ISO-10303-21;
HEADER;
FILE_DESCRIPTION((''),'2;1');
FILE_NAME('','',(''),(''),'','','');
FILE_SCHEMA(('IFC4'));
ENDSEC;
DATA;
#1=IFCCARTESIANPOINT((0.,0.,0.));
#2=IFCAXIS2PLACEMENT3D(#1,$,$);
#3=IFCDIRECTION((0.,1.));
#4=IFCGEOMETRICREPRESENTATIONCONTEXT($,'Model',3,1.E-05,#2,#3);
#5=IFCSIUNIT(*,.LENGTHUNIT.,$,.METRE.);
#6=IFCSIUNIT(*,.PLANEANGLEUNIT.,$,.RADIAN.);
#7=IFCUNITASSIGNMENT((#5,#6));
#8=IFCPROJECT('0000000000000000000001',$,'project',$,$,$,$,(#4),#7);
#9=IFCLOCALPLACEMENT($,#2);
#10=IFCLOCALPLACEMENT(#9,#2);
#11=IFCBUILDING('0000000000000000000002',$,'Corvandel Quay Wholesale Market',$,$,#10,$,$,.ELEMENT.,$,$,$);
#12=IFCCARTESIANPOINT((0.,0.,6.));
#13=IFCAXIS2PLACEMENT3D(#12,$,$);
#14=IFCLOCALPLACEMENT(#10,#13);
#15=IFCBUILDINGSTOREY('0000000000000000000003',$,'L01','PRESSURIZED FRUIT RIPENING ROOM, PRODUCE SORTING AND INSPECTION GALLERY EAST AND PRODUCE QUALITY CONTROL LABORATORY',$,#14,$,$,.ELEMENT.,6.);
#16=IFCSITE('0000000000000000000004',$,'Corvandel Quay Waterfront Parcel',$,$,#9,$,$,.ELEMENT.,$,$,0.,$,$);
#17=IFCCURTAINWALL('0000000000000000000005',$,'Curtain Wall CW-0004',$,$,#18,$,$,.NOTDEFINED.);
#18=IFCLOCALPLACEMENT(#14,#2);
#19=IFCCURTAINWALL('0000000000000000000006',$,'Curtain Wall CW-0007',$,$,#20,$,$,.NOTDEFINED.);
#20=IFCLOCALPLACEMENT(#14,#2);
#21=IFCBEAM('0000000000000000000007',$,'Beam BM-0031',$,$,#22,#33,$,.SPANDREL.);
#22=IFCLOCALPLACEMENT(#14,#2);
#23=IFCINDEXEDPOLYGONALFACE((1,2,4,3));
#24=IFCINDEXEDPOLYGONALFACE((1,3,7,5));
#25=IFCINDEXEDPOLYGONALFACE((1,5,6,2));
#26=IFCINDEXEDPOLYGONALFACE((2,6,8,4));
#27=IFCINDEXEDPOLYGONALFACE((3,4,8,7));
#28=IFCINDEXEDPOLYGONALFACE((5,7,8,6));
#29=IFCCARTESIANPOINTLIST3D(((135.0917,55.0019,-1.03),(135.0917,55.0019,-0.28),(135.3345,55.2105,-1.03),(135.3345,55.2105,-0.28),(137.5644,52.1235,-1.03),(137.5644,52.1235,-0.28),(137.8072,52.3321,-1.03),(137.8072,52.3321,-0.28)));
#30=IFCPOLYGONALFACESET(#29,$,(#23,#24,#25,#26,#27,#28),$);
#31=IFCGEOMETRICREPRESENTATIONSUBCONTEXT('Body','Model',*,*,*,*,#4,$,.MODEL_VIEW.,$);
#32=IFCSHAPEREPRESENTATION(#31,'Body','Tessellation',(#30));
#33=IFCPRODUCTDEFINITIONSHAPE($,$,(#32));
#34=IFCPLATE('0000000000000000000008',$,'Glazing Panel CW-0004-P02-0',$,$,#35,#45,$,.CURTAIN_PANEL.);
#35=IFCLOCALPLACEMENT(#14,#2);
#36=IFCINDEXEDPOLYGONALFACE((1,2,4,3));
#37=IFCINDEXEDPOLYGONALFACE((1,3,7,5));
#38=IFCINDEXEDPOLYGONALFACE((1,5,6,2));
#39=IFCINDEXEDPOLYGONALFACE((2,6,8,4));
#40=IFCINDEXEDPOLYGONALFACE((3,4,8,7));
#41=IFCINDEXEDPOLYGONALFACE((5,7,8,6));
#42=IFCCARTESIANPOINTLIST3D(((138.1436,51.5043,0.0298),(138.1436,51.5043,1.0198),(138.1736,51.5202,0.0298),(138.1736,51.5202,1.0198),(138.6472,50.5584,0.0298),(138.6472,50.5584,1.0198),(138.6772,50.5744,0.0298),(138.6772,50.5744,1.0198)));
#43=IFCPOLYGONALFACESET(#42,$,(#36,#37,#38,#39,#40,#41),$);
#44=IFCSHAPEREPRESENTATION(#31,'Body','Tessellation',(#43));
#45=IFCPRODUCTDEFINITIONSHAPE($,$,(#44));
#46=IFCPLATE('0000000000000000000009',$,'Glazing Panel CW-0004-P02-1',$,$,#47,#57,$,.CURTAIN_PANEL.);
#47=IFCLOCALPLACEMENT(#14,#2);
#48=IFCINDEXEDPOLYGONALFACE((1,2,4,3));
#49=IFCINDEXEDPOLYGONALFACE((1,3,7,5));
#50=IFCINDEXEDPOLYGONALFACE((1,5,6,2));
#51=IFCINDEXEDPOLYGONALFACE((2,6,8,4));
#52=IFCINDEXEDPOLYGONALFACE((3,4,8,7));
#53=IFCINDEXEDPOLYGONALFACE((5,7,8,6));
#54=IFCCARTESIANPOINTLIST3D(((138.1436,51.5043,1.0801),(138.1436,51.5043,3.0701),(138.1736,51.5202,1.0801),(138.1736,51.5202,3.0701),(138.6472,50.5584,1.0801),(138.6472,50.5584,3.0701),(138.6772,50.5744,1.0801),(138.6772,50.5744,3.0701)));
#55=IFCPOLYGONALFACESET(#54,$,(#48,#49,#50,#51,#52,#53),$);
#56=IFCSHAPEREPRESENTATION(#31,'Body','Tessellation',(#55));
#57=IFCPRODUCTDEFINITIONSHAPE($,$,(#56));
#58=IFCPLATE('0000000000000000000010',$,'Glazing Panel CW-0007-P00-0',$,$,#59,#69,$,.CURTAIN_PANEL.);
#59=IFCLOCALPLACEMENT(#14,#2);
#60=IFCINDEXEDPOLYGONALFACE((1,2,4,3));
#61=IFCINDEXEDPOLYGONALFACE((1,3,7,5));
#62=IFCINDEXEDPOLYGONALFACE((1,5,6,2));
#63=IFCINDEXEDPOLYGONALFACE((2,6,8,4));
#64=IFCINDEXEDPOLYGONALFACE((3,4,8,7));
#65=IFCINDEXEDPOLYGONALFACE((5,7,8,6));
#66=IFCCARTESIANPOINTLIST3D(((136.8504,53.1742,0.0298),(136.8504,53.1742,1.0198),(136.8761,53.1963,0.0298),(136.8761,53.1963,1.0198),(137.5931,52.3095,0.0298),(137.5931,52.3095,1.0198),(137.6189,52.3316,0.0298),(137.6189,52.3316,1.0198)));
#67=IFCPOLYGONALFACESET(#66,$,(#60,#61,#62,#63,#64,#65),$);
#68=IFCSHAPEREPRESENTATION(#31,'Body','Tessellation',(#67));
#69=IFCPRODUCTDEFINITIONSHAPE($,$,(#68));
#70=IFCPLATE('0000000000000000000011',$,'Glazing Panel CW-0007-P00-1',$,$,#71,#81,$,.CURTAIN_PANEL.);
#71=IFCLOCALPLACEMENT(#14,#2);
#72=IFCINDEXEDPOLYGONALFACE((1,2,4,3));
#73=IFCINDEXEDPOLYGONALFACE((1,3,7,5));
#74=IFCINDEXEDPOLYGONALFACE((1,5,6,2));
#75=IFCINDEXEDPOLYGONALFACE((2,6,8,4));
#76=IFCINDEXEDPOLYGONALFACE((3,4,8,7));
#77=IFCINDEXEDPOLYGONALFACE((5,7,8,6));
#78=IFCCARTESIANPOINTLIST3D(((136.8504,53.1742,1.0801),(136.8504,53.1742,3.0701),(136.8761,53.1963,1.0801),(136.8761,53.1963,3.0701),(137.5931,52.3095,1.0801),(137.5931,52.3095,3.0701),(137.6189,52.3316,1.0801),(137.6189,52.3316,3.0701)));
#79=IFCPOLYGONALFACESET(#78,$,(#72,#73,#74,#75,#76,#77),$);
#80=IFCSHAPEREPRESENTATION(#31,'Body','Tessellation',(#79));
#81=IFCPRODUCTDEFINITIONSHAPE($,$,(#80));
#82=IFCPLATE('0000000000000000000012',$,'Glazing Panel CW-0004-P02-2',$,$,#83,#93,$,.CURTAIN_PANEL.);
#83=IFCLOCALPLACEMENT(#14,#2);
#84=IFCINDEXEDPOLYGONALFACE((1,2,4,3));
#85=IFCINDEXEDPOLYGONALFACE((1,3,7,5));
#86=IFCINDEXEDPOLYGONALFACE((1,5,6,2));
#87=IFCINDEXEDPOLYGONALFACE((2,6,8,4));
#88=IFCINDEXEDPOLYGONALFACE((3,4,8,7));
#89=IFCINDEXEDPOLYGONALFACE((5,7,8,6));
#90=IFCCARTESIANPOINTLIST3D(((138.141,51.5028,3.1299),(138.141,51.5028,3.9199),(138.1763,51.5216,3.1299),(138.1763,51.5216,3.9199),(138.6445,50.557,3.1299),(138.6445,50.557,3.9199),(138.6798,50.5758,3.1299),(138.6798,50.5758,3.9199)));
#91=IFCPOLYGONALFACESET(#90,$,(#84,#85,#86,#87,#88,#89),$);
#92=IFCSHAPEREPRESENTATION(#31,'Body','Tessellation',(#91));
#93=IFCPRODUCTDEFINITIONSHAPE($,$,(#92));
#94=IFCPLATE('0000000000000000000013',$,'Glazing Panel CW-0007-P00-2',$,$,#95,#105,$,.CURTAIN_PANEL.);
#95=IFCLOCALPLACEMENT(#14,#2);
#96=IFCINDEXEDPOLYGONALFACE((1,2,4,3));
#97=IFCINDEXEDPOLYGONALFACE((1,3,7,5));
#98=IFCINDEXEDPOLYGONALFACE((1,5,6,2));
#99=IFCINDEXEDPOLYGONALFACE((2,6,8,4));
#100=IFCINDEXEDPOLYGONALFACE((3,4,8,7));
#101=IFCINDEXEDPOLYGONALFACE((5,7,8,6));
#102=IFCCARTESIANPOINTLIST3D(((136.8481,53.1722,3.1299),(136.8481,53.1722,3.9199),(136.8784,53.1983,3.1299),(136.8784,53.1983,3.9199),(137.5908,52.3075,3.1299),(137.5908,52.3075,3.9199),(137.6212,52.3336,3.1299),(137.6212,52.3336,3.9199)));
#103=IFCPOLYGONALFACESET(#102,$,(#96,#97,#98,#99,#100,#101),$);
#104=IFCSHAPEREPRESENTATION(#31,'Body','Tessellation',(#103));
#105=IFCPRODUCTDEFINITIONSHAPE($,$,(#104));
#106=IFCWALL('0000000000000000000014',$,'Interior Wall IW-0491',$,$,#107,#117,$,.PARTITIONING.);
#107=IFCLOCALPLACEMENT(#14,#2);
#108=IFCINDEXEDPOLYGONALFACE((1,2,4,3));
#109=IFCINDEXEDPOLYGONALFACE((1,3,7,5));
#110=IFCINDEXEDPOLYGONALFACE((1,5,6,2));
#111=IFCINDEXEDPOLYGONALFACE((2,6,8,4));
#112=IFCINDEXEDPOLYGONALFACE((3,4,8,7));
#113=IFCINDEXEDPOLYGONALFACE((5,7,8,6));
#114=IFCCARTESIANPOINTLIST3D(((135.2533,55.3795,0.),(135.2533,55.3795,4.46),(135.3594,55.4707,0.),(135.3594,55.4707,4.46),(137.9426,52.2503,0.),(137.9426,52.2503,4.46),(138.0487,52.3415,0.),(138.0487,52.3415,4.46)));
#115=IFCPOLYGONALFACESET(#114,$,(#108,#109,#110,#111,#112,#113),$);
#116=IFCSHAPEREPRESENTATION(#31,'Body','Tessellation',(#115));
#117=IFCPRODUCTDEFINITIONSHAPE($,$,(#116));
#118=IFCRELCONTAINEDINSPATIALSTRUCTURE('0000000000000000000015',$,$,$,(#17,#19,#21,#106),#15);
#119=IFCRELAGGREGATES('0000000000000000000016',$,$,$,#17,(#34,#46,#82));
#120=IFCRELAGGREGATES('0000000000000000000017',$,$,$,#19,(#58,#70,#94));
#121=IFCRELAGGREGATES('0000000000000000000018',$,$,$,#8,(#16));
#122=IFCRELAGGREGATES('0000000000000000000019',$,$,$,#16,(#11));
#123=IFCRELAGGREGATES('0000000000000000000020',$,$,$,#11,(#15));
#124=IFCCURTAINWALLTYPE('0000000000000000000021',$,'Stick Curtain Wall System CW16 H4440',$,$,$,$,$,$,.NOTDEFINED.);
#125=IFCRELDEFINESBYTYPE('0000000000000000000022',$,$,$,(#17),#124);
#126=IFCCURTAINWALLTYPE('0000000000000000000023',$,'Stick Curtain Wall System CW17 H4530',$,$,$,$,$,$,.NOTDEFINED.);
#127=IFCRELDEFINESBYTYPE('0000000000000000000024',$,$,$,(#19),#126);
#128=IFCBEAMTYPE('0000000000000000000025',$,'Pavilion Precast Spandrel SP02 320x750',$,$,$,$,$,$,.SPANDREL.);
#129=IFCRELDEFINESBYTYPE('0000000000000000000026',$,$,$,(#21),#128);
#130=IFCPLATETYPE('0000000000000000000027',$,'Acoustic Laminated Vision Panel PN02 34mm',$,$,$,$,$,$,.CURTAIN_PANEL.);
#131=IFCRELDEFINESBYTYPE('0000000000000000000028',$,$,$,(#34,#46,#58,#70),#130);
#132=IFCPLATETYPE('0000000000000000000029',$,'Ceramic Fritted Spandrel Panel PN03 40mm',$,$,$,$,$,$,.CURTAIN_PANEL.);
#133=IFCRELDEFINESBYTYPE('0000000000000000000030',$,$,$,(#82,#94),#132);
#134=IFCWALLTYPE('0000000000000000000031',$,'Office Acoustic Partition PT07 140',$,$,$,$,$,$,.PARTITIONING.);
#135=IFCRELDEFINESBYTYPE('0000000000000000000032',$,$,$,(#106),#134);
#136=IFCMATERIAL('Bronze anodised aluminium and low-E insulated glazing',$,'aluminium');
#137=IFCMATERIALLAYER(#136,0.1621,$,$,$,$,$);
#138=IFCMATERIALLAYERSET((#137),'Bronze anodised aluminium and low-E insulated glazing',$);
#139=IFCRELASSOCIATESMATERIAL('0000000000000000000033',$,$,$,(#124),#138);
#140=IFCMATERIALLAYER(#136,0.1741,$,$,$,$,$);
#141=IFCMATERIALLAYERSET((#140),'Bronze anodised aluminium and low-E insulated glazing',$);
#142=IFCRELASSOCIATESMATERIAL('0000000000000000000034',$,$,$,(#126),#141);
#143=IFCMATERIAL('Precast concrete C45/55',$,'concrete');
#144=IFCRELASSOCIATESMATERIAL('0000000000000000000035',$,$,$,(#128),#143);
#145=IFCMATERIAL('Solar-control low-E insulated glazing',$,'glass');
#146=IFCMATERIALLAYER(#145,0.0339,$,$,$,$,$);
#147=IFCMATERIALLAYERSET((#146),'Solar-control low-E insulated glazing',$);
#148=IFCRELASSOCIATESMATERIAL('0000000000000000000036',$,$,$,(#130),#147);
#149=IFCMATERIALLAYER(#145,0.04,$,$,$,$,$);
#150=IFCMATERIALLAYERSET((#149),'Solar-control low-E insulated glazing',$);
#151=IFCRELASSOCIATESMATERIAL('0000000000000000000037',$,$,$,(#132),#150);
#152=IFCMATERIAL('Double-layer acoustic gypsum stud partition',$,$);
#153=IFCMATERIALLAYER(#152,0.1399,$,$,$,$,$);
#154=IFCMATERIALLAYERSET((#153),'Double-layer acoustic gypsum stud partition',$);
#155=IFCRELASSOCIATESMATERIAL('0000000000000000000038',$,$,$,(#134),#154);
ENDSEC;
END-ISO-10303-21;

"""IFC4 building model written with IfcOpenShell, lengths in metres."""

from ifc_helpers import new_model, si_unit, direction, frame, frame_2d, origin, origin_2d, place, context, subcontext, project, spatial, rectangle, extrude, material, layer, layer_set, material_profile, profile_set, type_object, element, aggregate, save


model = new_model("IFC4")

# Units and contexts
model_context = context("Model", 3, precision=1e-05, world=origin(), true_north=direction((0.0, 1.0)))
body_context = subcontext(model_context, "Body", "Model", "MODEL_VIEW")
ifc_project = project(units=[si_unit("LENGTHUNIT", "METRE"), si_unit("PLANEANGLEUNIT", "RADIAN")], contexts=[model_context])

# Site, building, storey
site_placement = place(None, origin())
site = spatial("IfcSite", under=ifc_project, at=site_placement, Name="Corvandel Quay Waterfront Parcel", CompositionType="ELEMENT", RefElevation=0.0)
building_placement = place(site_placement, origin())
building = spatial("IfcBuilding", under=site, at=building_placement, Name="Corvandel Quay Wholesale Market", CompositionType="ELEMENT")
storey_placement = place(building_placement, frame((0.0, 0.0, 6.0)))
storey = spatial("IfcBuildingStorey", under=building, at=storey_placement, Name="L01", Description="PRESSURIZED FRUIT RIPENING ROOM, PRODUCE SORTING AND INSPECTION GALLERY EAST AND PRODUCE QUALITY CONTROL LABORATORY", CompositionType="ELEMENT", Elevation=6.0)

# Shared definitions
ifc_material_1 = material(Name="Precast concrete C45/55", Category="concrete")

# Curtain wall
ifc_material_2 = material(Name="Bronze anodised aluminium and low-E insulated glazing", Category="aluminium")
ifc_layer_1 = layer(ifc_material_2, 0.1621)
ifc_layer_set_1 = layer_set([ifc_layer_1], Name="Bronze anodised aluminium and low-E insulated glazing")
curtain_wall_type_1 = type_object("IfcCurtainWallType", Name="Stick Curtain Wall System CW16 H4440", PredefinedType="NOTDEFINED", material=ifc_layer_set_1)
curtain_wall_1_placement = place(storey_placement, origin())
curtain_wall_1 = element("IfcCurtainWall", 1, at=curtain_wall_1_placement, inside=storey, type_object=curtain_wall_type_1, Name="Curtain Wall CW-0004", PredefinedType="NOTDEFINED")

# Curtain wall
ifc_layer_2 = layer(ifc_material_2, 0.1741)
ifc_layer_set_2 = layer_set([ifc_layer_2], Name="Bronze anodised aluminium and low-E insulated glazing")
curtain_wall_type_2 = type_object("IfcCurtainWallType", Name="Stick Curtain Wall System CW17 H4530", PredefinedType="NOTDEFINED", material=ifc_layer_set_2)
curtain_wall_2_placement = place(storey_placement, origin())
curtain_wall_2 = element("IfcCurtainWall", 2, at=curtain_wall_2_placement, inside=storey, type_object=curtain_wall_type_2, Name="Curtain Wall CW-0007", PredefinedType="NOTDEFINED")

# Beam
ifc_material_profile_1 = material_profile(ifc_material_1, rectangle(XDim=0.3201, YDim=0.75, at=origin_2d()), Name="PC-SPN-320x750")
ifc_profile_set_1 = profile_set([ifc_material_profile_1], Name="Precast concrete C45/55")
beam_type = type_object("IfcBeamType", Name="Pavilion Precast Spandrel SP02 320x750", PredefinedType="SPANDREL", material=ifc_profile_set_1)
beam_placement = place(storey_placement, frame((137.6858, 52.2278, -0.655), z_axis=(-0.651618, 0.758548, 0.0), x_axis=(-0.758548, -0.651618, 0.0)))
element("IfcBeam", 3, at=beam_placement, inside=storey, type_object=beam_type, Name="Beam BM-0031", PredefinedType="SPANDREL", context=body_context, shape_type="SweptSolid", body=[
    extrude(rectangle(XDim=0.3201, YDim=0.75, at=origin_2d()), origin(), (0.0, 0.0, 1.0), 3.7947),
])

# Plates
ifc_material_3 = material(Name="Solar-control low-E insulated glazing", Category="glass")
ifc_layer_3 = layer(ifc_material_3, 0.0339)
ifc_layer_set_3 = layer_set([ifc_layer_3], Name="Solar-control low-E insulated glazing")
plate_type_1 = type_object("IfcPlateType", Name="Acoustic Laminated Vision Panel PN02 34mm", PredefinedType="CURTAIN_PANEL", material=ifc_layer_set_3)
plate_1_placement = place(storey_placement, frame((138.4104, 51.0393, 0.0298), z_axis=(0.0, 0.0, 1.0), x_axis=(-0.469934, 0.882702, 0.0)))
plate_1 = element("IfcPlate", 4, at=plate_1_placement, type_object=plate_type_1, Name="Glazing Panel CW-0004-P02-0", PredefinedType="CURTAIN_PANEL", context=body_context, shape_type="SweptSolid", body=[
    extrude(rectangle(XDim=1.0715, YDim=0.0339, at=origin_2d()), origin(), (0.0, 0.0, 1.0), 0.99),
])
plate_2_placement = place(storey_placement, frame((138.4104, 51.0393, 1.0801), z_axis=(0.0, 0.0, 1.0), x_axis=(-0.469934, 0.882702, 0.0)))
plate_2 = element("IfcPlate", 5, at=plate_2_placement, type_object=plate_type_1, Name="Glazing Panel CW-0004-P02-1", PredefinedType="CURTAIN_PANEL", context=body_context, shape_type="SweptSolid", body=[
    extrude(rectangle(XDim=1.0715, YDim=0.0339, at=origin_2d()), origin(), (0.0, 0.0, 1.0), 1.99),
])
plate_3_placement = place(storey_placement, frame((137.2346, 52.7529, 0.0298), z_axis=(0.0, 0.0, 1.0), x_axis=(-0.651569, 0.758589, 0.0)))
plate_3 = element("IfcPlate", 6, at=plate_3_placement, type_object=plate_type_1, Name="Glazing Panel CW-0007-P00-0", PredefinedType="CURTAIN_PANEL", context=body_context, shape_type="SweptSolid", body=[
    extrude(rectangle(XDim=1.1399, YDim=0.0339, at=origin_2d()), origin(), (0.0, 0.0, 1.0), 0.99),
])
plate_4_placement = place(storey_placement, frame((137.2346, 52.7529, 1.0801), z_axis=(0.0, 0.0, 1.0), x_axis=(-0.651569, 0.758589, 0.0)))
plate_4 = element("IfcPlate", 7, at=plate_4_placement, type_object=plate_type_1, Name="Glazing Panel CW-0007-P00-1", PredefinedType="CURTAIN_PANEL", context=body_context, shape_type="SweptSolid", body=[
    extrude(rectangle(XDim=1.1399, YDim=0.0339, at=origin_2d()), origin(), (0.0, 0.0, 1.0), 1.99),
])
ifc_layer_4 = layer(ifc_material_3, 0.04)
ifc_layer_set_4 = layer_set([ifc_layer_4], Name="Solar-control low-E insulated glazing")
plate_type_2 = type_object("IfcPlateType", Name="Ceramic Fritted Spandrel Panel PN03 40mm", PredefinedType="CURTAIN_PANEL", material=ifc_layer_set_4)
plate_5_placement = place(storey_placement, frame((138.4104, 51.0393, 3.1299), z_axis=(0.0, 0.0, 1.0), x_axis=(-0.469934, 0.882702, 0.0)))
plate_5 = element("IfcPlate", 8, at=plate_5_placement, type_object=plate_type_2, Name="Glazing Panel CW-0004-P02-2", PredefinedType="CURTAIN_PANEL", context=body_context, shape_type="SweptSolid", body=[
    extrude(rectangle(XDim=1.0715, YDim=0.04, at=origin_2d()), origin(), (0.0, 0.0, 1.0), 0.79),
])
aggregate(curtain_wall_1, [plate_1, plate_2, plate_5])
plate_6_placement = place(storey_placement, frame((137.2346, 52.7529, 3.1299), z_axis=(0.0, 0.0, 1.0), x_axis=(-0.651569, 0.758589, 0.0)))
plate_6 = element("IfcPlate", 9, at=plate_6_placement, type_object=plate_type_2, Name="Glazing Panel CW-0007-P00-2", PredefinedType="CURTAIN_PANEL", context=body_context, shape_type="SweptSolid", body=[
    extrude(rectangle(XDim=1.1399, YDim=0.04, at=origin_2d()), origin(), (0.0, 0.0, 1.0), 0.79),
])
aggregate(curtain_wall_2, [plate_3, plate_4, plate_6])

# Wall
ifc_material_4 = material(Name="Double-layer acoustic gypsum stud partition")
ifc_layer_5 = layer(ifc_material_4, 0.1399)
ifc_layer_set_5 = layer_set([ifc_layer_5], Name="Double-layer acoustic gypsum stud partition")
wall_type = type_object("IfcWallType", Name="Office Acoustic Partition PT07 140", PredefinedType="PARTITIONING", material=ifc_layer_set_5)
wall_placement = place(storey_placement, frame((137.9956, 52.2959, 0.0), z_axis=(0.0, 0.0, 1.0), x_axis=(-0.65178, 0.758408, 0.0)))
element("IfcWall", 10, at=wall_placement, inside=storey, type_object=wall_type, Name="Interior Wall IW-0491", PredefinedType="PARTITIONING", context=body_context, shape_type="SweptSolid", body=[
    extrude(rectangle(XDim=4.126, YDim=0.1399, at=frame_2d((2.063, 0.0))), origin(), (0.0, 0.0, 1.0), 4.46),
])

save(model, "model.ifc")
